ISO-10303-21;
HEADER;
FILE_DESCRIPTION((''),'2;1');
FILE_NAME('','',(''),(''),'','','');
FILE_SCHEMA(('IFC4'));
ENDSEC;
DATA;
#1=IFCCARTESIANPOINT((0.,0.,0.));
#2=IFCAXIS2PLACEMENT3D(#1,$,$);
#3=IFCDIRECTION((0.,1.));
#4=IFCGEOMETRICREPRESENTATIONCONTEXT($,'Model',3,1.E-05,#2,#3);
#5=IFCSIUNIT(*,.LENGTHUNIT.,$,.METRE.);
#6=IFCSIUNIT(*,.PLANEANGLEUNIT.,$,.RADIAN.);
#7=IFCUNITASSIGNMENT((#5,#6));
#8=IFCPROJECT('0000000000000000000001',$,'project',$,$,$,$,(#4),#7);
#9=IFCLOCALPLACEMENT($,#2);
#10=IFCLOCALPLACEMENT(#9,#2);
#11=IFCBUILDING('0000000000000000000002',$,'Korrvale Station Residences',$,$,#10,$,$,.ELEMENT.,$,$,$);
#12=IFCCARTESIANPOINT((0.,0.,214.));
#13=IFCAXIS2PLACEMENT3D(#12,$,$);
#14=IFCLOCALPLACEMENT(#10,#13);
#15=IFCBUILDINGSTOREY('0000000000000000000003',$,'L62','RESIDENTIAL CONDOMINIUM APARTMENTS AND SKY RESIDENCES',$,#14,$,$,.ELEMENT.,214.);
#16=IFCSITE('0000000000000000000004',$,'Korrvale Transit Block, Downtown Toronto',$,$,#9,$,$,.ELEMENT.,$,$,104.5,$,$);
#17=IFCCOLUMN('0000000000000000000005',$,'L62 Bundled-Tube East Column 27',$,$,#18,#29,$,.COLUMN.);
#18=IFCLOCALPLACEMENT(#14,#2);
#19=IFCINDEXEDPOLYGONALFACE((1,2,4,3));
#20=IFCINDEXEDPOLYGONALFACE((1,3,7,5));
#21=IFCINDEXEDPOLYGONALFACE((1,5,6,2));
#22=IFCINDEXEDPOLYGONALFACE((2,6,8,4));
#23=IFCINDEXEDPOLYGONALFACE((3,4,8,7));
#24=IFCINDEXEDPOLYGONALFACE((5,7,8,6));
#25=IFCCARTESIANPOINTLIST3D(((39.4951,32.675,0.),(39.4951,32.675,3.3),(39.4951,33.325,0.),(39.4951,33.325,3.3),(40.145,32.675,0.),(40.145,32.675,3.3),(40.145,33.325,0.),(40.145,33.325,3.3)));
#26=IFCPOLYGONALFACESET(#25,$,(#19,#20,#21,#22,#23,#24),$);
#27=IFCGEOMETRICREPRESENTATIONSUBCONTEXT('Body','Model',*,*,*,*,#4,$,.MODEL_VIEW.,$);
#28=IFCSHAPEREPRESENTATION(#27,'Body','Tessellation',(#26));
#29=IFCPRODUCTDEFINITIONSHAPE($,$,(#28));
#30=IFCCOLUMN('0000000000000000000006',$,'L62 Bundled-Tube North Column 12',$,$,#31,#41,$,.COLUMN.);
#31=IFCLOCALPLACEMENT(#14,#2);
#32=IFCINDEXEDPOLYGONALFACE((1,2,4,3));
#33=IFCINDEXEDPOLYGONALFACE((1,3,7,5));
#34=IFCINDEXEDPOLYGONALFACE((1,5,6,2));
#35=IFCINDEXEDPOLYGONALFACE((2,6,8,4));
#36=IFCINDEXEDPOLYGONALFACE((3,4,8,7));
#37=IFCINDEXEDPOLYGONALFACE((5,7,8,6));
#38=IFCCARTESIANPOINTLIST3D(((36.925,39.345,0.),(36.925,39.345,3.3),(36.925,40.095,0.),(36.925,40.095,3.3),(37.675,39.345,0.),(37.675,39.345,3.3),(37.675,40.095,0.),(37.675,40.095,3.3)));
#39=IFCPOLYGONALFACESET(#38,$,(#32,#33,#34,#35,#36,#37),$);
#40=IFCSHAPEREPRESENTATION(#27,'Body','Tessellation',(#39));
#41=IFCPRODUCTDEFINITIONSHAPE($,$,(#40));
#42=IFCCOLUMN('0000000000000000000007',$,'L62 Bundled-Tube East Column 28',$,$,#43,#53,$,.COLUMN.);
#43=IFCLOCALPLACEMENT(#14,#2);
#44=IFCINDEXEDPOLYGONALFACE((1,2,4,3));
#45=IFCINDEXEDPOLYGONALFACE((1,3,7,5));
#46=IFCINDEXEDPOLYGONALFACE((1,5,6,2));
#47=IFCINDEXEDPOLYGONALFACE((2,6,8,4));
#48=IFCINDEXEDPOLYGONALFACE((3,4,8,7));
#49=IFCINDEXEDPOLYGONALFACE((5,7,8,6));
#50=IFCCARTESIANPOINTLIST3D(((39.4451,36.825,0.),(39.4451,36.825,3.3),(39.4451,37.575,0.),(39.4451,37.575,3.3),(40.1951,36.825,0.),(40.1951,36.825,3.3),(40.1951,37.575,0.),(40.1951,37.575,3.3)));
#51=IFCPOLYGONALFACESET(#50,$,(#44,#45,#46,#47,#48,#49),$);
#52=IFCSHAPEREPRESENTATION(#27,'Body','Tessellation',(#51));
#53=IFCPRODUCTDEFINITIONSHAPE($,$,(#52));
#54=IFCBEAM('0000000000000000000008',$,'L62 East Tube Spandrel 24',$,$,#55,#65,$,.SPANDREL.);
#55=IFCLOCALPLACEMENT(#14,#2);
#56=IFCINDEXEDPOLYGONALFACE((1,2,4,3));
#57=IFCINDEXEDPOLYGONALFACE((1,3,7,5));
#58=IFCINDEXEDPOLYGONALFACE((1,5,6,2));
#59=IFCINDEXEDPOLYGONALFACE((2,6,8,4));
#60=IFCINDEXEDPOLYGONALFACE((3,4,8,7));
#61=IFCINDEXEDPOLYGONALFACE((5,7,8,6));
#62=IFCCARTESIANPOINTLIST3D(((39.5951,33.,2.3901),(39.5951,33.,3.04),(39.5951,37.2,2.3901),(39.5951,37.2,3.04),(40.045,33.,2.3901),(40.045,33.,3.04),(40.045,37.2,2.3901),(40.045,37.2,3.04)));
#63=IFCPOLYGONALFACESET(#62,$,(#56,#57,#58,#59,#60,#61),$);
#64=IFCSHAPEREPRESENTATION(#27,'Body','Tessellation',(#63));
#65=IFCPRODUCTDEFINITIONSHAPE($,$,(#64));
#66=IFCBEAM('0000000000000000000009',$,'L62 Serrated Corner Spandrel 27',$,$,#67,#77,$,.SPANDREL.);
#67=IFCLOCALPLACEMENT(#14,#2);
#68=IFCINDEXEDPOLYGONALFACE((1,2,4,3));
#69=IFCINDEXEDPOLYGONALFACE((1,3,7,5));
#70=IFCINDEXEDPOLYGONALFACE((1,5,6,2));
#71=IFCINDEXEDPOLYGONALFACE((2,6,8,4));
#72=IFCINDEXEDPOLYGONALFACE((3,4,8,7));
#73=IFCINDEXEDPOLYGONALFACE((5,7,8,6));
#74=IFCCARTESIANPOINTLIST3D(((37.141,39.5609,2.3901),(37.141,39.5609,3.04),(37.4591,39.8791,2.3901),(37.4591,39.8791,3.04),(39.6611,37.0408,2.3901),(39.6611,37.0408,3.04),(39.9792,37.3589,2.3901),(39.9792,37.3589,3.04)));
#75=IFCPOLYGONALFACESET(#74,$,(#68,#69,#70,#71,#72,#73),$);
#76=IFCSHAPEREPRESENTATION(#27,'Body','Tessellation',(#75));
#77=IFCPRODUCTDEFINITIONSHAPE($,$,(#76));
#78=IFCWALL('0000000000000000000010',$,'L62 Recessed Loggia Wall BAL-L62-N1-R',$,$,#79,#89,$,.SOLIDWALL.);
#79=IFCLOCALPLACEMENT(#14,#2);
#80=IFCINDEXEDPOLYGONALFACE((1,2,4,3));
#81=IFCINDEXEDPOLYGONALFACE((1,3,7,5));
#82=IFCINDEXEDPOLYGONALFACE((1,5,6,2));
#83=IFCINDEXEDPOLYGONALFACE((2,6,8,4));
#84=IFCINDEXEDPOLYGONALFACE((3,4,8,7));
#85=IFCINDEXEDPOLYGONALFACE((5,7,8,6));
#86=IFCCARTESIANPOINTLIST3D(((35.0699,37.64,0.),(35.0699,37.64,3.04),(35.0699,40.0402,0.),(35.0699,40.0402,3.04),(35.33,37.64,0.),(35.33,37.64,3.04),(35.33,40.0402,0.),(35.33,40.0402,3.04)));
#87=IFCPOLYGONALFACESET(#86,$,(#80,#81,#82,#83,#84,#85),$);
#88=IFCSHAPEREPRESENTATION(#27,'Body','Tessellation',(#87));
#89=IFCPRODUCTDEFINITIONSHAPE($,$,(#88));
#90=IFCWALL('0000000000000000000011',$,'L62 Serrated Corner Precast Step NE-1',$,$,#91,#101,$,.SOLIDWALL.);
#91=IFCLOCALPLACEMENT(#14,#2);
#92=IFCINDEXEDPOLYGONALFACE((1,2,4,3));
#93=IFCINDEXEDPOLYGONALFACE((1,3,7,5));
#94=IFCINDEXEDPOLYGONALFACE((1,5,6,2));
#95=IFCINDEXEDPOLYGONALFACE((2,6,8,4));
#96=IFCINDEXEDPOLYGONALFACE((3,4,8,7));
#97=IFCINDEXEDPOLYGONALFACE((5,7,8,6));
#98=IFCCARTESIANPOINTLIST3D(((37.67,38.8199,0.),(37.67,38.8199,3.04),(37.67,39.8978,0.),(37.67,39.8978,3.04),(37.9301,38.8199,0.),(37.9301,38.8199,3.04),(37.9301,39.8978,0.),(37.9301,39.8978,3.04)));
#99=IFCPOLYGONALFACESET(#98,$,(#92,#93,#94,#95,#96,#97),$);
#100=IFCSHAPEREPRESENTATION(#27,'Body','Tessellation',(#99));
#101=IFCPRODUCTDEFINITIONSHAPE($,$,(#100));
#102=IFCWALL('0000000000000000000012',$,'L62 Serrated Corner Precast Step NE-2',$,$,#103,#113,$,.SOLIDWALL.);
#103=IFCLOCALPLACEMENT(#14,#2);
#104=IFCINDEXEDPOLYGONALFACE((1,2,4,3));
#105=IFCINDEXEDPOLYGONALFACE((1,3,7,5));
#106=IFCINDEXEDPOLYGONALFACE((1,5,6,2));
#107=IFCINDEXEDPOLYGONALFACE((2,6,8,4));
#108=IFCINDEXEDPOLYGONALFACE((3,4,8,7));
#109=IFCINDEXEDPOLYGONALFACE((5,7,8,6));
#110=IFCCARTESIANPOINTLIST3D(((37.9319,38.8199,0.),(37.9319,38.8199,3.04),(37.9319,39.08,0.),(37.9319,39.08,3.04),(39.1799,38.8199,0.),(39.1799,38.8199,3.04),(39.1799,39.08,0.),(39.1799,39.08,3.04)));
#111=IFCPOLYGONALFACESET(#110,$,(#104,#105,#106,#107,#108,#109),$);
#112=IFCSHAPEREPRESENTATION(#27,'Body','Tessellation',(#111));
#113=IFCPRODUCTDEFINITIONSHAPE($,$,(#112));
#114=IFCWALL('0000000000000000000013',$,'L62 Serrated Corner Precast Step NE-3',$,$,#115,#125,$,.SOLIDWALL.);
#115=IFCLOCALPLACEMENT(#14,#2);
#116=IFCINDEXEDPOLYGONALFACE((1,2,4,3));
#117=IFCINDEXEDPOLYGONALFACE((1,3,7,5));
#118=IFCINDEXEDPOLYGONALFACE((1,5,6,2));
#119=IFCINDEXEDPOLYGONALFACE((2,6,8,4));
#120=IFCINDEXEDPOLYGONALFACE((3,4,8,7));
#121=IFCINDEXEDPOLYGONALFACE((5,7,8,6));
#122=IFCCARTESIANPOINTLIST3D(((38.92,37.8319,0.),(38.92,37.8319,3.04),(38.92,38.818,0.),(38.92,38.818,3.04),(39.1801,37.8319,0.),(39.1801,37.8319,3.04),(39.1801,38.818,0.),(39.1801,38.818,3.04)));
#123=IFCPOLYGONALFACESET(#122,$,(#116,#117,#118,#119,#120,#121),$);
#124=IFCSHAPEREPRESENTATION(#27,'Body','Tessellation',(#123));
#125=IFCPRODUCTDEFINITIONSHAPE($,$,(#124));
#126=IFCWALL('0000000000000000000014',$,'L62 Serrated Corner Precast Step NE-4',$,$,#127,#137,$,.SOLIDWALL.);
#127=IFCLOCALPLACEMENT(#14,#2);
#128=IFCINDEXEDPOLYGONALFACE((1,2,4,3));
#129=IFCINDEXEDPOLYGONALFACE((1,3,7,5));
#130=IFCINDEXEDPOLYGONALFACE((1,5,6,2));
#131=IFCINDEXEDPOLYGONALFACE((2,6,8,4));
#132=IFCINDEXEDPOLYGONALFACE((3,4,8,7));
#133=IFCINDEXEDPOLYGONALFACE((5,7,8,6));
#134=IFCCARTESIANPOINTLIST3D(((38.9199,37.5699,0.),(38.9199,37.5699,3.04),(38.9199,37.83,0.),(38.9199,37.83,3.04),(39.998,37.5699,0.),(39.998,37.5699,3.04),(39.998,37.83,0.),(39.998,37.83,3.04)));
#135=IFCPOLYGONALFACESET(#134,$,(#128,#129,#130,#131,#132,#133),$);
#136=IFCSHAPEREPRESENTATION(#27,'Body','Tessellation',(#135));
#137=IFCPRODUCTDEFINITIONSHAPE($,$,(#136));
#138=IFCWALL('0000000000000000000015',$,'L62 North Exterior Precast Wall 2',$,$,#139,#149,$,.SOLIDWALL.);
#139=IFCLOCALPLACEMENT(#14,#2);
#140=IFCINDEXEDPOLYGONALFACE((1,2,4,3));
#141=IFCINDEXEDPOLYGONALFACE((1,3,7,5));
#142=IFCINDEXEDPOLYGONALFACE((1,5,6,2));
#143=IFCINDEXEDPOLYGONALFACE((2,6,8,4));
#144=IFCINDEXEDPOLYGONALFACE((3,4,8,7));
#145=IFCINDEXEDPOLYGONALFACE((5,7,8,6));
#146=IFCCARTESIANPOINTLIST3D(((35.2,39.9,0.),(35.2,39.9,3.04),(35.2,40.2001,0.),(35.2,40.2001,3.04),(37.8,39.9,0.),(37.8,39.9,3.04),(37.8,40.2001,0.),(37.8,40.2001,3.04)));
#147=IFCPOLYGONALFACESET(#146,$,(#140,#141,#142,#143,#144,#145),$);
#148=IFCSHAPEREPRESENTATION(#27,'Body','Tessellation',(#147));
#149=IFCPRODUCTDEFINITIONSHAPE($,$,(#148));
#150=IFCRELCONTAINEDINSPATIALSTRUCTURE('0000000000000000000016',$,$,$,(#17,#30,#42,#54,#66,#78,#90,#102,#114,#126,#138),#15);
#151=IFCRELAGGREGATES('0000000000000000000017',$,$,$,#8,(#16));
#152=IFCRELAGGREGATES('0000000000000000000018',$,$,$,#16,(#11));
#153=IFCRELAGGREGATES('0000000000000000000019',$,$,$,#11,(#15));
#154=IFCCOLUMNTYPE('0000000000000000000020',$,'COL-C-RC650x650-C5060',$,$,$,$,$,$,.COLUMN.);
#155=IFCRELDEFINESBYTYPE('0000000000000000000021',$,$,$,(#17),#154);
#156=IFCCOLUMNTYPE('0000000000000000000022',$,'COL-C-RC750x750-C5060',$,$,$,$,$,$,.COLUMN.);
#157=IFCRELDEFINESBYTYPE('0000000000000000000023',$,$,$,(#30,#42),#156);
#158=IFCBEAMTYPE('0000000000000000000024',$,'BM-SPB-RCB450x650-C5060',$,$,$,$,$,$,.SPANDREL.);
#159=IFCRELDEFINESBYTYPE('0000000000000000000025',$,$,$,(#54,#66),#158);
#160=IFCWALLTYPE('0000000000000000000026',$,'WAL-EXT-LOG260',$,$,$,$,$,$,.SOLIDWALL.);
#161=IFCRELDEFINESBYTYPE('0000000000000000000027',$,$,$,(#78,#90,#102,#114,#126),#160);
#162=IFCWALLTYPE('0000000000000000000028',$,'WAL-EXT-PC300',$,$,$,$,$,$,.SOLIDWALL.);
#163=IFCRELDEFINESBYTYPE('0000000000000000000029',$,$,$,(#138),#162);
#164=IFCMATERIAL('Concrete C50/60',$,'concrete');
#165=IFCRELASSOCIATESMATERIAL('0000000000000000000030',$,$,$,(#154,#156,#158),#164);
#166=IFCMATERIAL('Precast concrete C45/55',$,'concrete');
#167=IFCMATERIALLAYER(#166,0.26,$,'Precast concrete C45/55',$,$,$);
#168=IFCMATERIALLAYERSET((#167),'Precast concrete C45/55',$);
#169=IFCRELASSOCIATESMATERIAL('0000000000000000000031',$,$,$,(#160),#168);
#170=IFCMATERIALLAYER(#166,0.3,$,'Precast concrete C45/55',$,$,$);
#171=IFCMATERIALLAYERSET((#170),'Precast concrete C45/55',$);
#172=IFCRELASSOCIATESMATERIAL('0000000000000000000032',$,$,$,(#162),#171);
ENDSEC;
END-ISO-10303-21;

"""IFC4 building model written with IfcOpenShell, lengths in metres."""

from ifc_helpers import new_model, si_unit, direction, frame, frame_2d, origin, origin_2d, place, context, subcontext, project, spatial, rectangle, extrude, material, layer, layer_set, material_profile, profile_set, type_object, element, save


model = new_model("IFC4")

# Units and contexts
model_context = context("Model", 3, precision=1e-05, world=origin(), true_north=direction((0.0, 1.0)))
body_context = subcontext(model_context, "Body", "Model", "MODEL_VIEW")
ifc_project = project(units=[si_unit("LENGTHUNIT", "METRE"), si_unit("PLANEANGLEUNIT", "RADIAN")], contexts=[model_context])

# Site, building, storey
site_placement = place(None, origin())
site = spatial("IfcSite", under=ifc_project, at=site_placement, Name="Korrvale Transit Block, Downtown Toronto", CompositionType="ELEMENT", RefElevation=104.5)
building_placement = place(site_placement, origin())
building = spatial("IfcBuilding", under=site, at=building_placement, Name="Korrvale Station Residences", CompositionType="ELEMENT")
storey_placement = place(building_placement, frame((0.0, 0.0, 214.0)))
storey = spatial("IfcBuildingStorey", under=building, at=storey_placement, Name="L62", Description="RESIDENTIAL CONDOMINIUM APARTMENTS AND SKY RESIDENCES", CompositionType="ELEMENT", Elevation=214.0)

# Columns
ifc_material_1 = material(Name="Concrete C50/60", Category="concrete")
ifc_material_profile_1 = material_profile(ifc_material_1, rectangle(XDim=0.6499, YDim=0.6499, at=origin_2d()), Name="RC650x650")
ifc_profile_set_1 = profile_set([ifc_material_profile_1], Name="Concrete C50/60")
column_type_1 = type_object("IfcColumnType", Name="COL-C-RC650x650-C5060", PredefinedType="COLUMN", material=ifc_profile_set_1)
column_placement = place(storey_placement, frame((39.8201, 33.0, 0.0), z_axis=(0.0, 0.0, 1.0), x_axis=(1.0, 0.0, 0.0)))
element("IfcColumn", 1, at=column_placement, inside=storey, type_object=column_type_1, Name="L62 Bundled-Tube East Column 27", PredefinedType="COLUMN", context=body_context, shape_type="SweptSolid", body=[
    extrude(rectangle(XDim=0.6499, YDim=0.6499, at=origin_2d()), origin(), (0.0, 0.0, 1.0), 3.3),
])
ifc_material_profile_2 = material_profile(ifc_material_1, rectangle(XDim=0.75, YDim=0.75, at=origin_2d()), Name="RC750x750")
ifc_profile_set_2 = profile_set([ifc_material_profile_2], Name="Concrete C50/60")
column_type_2 = type_object("IfcColumnType", Name="COL-C-RC750x750-C5060", PredefinedType="COLUMN", material=ifc_profile_set_2)
for number, where, z_axis, x_axis, name in (
    (2, (37.3, 39.72, 0.0), (0.0, 0.0, 1.0), (1.0, 0.0, 0.0), "L62 Bundled-Tube North Column 12"),
    (3, (39.8201, 37.2, 0.0), (0.0, 0.0, 1.0), (1.0, 0.0, 0.0), "L62 Bundled-Tube East Column 28"),
):
    element("IfcColumn", number, at=place(storey_placement, frame(where, z_axis=z_axis, x_axis=x_axis)), inside=storey, type_object=column_type_2, Name=name, PredefinedType="COLUMN", context=body_context, shape_type="SweptSolid", body=[
        extrude(rectangle(XDim=0.75, YDim=0.75, at=origin_2d()), origin(), (0.0, 0.0, 1.0), 3.3),
    ])

# Beams
ifc_material_profile_3 = material_profile(ifc_material_1, rectangle(XDim=0.45, YDim=0.6499, at=origin_2d()), Name="RCB450x650")
ifc_profile_set_3 = profile_set([ifc_material_profile_3], Name="Concrete C50/60")
beam_type = type_object("IfcBeamType", Name="BM-SPB-RCB450x650-C5060", PredefinedType="SPANDREL", material=ifc_profile_set_3)
beam_1_placement = place(storey_placement, frame((39.8201, 33.0, 2.7151), z_axis=(0.0, 1.0, 0.0), x_axis=(-1.0, 0.0, 0.0)))
element("IfcBeam", 4, at=beam_1_placement, inside=storey, type_object=beam_type, Name="L62 East Tube Spandrel 24", PredefinedType="SPANDREL", context=body_context, shape_type="SweptSolid", body=[
    extrude(rectangle(XDim=0.45, YDim=0.6499, at=origin_2d()), origin(), (0.0, 0.0, 1.0), 4.2),
])
beam_2_placement = place(storey_placement, frame((37.3, 39.72, 2.7151), z_axis=(0.707107, -0.707107, 0.0), x_axis=(0.707107, 0.707107, 0.0)))
element("IfcBeam", 5, at=beam_2_placement, inside=storey, type_object=beam_type, Name="L62 Serrated Corner Spandrel 27", PredefinedType="SPANDREL", context=body_context, shape_type="SweptSolid", body=[
    extrude(rectangle(XDim=0.45, YDim=0.6499, at=origin_2d()), origin(), (0.0, 0.0, 1.0), 3.564),
])

# Walls
ifc_material_2 = material(Name="Precast concrete C45/55", Category="concrete")
ifc_layer_1 = layer(ifc_material_2, 0.26, Name="Precast concrete C45/55")
ifc_layer_set_1 = layer_set([ifc_layer_1], Name="Precast concrete C45/55")
wall_type_1 = type_object("IfcWallType", Name="WAL-EXT-LOG260", PredefinedType="SOLIDWALL", material=ifc_layer_set_1)
wall_1_placement = place(storey_placement, frame((35.2, 37.6399, 0.0), z_axis=(0.0, 0.0, 1.0), x_axis=(0.0, 1.0, 0.0)))
element("IfcWall", 6, at=wall_1_placement, inside=storey, type_object=wall_type_1, Name="L62 Recessed Loggia Wall BAL-L62-N1-R", PredefinedType="SOLIDWALL", context=body_context, shape_type="SweptSolid", body=[
    extrude(rectangle(XDim=2.4001, YDim=0.26, at=frame_2d((1.2002, 0.0))), origin(), (0.0, 0.0, 1.0), 3.04),
])
wall_2_placement = place(storey_placement, frame((37.8, 39.8979, 0.0), z_axis=(0.0, 0.0, 1.0), x_axis=(0.0, -1.0, 0.0)))
element("IfcWall", 7, at=wall_2_placement, inside=storey, type_object=wall_type_1, Name="L62 Serrated Corner Precast Step NE-1", PredefinedType="SOLIDWALL", context=body_context, shape_type="SweptSolid", body=[
    extrude(rectangle(XDim=1.0779, YDim=0.26, at=frame_2d((0.5391, 0.0))), origin(), (0.0, 0.0, 1.0), 3.04),
])
wall_3_placement = place(storey_placement, frame((37.9319, 38.95, 0.0), z_axis=(0.0, 0.0, 1.0), x_axis=(1.0, 0.0, 0.0)))
element("IfcWall", 8, at=wall_3_placement, inside=storey, type_object=wall_type_1, Name="L62 Serrated Corner Precast Step NE-2", PredefinedType="SOLIDWALL", context=body_context, shape_type="SweptSolid", body=[
    extrude(rectangle(XDim=1.248, YDim=0.26, at=frame_2d((0.624, 0.0))), origin(), (0.0, 0.0, 1.0), 3.04),
])
wall_4_placement = place(storey_placement, frame((39.05, 38.8181, 0.0), z_axis=(0.0, 0.0, 1.0), x_axis=(0.0, -1.0, 0.0)))
element("IfcWall", 9, at=wall_4_placement, inside=storey, type_object=wall_type_1, Name="L62 Serrated Corner Precast Step NE-3", PredefinedType="SOLIDWALL", context=body_context, shape_type="SweptSolid", body=[
    extrude(rectangle(XDim=0.9861, YDim=0.26, at=frame_2d((0.4932, 0.0))), origin(), (0.0, 0.0, 1.0), 3.04),
])
wall_5_placement = place(storey_placement, frame((38.9199, 37.7, 0.0), z_axis=(0.0, 0.0, 1.0), x_axis=(1.0, 0.0, 0.0)))
element("IfcWall", 10, at=wall_5_placement, inside=storey, type_object=wall_type_1, Name="L62 Serrated Corner Precast Step NE-4", PredefinedType="SOLIDWALL", context=body_context, shape_type="SweptSolid", body=[
    extrude(rectangle(XDim=1.0781, YDim=0.26, at=frame_2d((0.5391, 0.0))), origin(), (0.0, 0.0, 1.0), 3.04),
])
ifc_layer_2 = layer(ifc_material_2, 0.3, Name="Precast concrete C45/55")
ifc_layer_set_2 = layer_set([ifc_layer_2], Name="Precast concrete C45/55")
wall_type_2 = type_object("IfcWallType", Name="WAL-EXT-PC300", PredefinedType="SOLIDWALL", material=ifc_layer_set_2)
wall_6_placement = place(storey_placement, frame((35.2, 40.05, 0.0), z_axis=(0.0, 0.0, 1.0), x_axis=(1.0, 0.0, 0.0)))
element("IfcWall", 11, at=wall_6_placement, inside=storey, type_object=wall_type_2, Name="L62 North Exterior Precast Wall 2", PredefinedType="SOLIDWALL", context=body_context, shape_type="SweptSolid", body=[
    extrude(rectangle(XDim=2.6001, YDim=0.3, at=frame_2d((1.3, 0.0))), origin(), (0.0, 0.0, 1.0), 3.04),
])

save(model, "model.ifc")
